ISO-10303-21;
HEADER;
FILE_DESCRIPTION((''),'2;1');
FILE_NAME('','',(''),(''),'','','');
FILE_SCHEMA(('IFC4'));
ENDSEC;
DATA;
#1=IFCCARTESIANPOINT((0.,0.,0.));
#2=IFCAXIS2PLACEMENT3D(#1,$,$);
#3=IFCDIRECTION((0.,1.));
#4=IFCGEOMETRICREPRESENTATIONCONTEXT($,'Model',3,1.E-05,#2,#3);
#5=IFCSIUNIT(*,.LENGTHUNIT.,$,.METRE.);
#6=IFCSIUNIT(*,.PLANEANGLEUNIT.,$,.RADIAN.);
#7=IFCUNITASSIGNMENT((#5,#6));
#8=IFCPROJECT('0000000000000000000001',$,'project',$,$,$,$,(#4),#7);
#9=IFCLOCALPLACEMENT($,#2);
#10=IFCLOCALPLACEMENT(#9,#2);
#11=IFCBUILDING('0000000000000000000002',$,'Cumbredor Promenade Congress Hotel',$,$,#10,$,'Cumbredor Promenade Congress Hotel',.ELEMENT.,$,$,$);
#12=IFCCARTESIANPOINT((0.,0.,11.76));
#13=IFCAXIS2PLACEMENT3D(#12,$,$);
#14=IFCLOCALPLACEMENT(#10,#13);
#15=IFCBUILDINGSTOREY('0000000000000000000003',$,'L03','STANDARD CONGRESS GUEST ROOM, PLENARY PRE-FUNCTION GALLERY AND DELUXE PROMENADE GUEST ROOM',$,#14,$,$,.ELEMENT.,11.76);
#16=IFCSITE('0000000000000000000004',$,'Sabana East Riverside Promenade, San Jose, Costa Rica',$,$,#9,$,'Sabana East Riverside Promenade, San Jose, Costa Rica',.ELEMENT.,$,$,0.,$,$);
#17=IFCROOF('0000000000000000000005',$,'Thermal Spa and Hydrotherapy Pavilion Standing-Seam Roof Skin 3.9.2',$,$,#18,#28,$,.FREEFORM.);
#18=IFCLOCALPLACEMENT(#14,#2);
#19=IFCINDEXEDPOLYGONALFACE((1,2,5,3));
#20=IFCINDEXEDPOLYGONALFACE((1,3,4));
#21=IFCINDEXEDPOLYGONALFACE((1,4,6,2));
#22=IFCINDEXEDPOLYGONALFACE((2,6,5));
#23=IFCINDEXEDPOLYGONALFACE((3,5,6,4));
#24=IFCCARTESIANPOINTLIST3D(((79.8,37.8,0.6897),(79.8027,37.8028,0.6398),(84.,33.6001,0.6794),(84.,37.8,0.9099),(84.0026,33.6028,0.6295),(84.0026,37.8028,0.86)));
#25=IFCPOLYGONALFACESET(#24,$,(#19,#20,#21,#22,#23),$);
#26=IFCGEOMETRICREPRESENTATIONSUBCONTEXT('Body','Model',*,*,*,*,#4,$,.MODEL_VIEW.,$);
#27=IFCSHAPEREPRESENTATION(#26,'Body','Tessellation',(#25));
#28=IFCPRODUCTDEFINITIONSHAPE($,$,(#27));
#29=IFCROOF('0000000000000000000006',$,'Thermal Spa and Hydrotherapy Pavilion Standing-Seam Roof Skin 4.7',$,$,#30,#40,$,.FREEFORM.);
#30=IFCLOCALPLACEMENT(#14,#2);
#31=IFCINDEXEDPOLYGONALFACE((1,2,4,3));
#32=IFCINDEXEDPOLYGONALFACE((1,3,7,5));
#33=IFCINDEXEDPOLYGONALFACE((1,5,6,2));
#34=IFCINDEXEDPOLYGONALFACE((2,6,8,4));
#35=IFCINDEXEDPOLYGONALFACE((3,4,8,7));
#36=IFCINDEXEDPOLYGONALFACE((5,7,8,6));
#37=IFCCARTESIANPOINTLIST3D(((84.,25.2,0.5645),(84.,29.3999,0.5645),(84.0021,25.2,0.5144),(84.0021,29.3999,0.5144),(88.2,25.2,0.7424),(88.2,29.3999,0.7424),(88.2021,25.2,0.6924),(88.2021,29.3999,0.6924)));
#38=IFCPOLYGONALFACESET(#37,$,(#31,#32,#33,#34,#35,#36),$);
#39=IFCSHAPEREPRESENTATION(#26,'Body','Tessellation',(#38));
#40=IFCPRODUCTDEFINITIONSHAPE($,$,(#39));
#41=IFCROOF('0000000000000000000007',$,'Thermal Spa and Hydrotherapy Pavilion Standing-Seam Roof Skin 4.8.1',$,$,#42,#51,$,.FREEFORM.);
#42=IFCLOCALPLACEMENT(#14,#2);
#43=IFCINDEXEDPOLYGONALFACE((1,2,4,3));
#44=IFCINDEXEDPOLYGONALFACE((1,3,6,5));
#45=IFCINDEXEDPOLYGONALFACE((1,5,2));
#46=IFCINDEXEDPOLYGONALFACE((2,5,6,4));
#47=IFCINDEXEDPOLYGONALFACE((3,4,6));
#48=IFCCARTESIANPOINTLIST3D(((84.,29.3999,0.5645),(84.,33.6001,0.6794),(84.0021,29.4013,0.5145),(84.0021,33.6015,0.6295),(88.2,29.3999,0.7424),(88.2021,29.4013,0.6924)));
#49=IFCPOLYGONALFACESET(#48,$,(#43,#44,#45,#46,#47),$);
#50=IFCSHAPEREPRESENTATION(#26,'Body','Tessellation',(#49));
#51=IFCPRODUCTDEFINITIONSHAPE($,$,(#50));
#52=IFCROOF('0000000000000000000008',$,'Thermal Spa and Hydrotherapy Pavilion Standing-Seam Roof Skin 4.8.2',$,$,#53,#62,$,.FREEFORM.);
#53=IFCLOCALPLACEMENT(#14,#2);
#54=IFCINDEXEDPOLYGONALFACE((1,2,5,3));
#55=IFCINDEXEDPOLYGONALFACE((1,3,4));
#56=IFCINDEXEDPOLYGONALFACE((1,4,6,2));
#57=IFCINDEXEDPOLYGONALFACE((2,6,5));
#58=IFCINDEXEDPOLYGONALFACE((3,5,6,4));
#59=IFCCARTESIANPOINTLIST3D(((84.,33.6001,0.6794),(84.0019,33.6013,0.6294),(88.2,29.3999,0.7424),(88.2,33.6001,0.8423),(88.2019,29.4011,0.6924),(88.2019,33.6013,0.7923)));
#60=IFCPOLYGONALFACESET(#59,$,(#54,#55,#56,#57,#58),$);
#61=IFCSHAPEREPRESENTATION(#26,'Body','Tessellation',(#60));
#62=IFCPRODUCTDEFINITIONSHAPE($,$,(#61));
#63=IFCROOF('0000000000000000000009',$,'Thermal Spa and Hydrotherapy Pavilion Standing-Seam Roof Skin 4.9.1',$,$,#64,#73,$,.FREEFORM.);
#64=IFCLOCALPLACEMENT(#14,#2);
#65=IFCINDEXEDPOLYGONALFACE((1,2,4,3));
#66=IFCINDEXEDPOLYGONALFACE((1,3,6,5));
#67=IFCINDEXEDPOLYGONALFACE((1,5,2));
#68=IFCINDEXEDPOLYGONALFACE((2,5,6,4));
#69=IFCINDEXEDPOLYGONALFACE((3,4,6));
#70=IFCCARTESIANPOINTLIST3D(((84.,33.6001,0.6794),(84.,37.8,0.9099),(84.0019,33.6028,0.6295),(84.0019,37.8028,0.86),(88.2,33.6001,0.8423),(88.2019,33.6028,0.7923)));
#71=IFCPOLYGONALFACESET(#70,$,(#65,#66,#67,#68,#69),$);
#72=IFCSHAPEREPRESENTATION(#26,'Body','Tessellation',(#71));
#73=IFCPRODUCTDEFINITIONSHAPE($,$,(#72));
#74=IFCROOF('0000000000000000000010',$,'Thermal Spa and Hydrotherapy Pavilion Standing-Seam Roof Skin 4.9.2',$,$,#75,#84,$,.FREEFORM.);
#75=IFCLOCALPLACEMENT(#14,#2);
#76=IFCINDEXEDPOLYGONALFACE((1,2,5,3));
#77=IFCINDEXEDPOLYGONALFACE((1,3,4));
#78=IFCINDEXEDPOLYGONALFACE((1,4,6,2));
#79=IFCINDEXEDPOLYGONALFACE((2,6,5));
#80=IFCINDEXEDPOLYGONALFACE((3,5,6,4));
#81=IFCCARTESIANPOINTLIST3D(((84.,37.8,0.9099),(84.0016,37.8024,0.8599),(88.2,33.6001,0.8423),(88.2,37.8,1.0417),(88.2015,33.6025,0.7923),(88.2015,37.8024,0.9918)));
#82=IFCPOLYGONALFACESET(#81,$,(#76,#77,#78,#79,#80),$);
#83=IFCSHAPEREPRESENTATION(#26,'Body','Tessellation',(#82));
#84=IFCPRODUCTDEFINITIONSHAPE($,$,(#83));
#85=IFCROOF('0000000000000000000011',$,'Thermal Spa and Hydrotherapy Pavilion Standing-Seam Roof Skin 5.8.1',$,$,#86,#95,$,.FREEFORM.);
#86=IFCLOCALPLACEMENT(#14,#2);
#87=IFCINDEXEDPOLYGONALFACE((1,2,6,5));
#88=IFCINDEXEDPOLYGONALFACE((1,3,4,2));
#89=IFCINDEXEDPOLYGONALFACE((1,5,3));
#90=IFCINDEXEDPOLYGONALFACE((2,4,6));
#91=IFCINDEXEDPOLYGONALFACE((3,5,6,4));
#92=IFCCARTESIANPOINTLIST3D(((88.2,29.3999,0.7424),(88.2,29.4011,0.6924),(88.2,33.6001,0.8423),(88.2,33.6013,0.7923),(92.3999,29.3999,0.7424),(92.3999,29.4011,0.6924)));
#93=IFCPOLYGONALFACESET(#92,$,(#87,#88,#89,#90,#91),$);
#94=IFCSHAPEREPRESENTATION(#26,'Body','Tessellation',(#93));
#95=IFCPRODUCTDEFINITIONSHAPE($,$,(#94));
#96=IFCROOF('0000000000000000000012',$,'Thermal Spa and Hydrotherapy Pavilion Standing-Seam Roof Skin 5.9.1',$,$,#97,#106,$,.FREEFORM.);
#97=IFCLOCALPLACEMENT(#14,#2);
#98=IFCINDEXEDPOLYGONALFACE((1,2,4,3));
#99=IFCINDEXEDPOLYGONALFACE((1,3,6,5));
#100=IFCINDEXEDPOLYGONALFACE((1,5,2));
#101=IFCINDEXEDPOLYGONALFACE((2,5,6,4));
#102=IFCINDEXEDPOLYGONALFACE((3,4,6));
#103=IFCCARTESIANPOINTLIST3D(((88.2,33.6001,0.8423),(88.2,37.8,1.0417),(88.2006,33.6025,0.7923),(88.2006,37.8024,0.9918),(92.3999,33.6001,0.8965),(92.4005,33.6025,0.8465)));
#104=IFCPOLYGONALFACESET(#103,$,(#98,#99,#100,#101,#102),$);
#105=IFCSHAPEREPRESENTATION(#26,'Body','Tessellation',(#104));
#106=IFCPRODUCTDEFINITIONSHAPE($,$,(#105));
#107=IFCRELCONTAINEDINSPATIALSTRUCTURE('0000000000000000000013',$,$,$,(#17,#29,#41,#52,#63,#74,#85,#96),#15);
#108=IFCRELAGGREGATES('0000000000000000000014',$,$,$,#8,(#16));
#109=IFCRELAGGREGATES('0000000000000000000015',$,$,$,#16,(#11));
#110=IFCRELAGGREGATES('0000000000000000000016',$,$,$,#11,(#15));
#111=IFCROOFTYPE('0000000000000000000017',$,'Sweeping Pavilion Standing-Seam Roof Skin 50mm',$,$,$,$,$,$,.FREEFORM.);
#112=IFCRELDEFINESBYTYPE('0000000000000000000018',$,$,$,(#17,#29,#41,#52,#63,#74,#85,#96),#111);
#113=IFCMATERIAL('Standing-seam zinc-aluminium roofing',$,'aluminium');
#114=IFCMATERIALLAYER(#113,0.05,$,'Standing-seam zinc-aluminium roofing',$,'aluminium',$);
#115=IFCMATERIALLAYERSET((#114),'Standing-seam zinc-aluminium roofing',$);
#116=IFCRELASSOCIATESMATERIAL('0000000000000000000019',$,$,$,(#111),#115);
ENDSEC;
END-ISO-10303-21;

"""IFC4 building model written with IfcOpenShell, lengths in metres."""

from ifc_helpers import new_model, si_unit, direction, frame, origin, place, context, subcontext, project, spatial, polyline, outline, extrude, material, layer, layer_set, type_object, element, save


model = new_model("IFC4")

# Units and contexts
model_context = context("Model", 3, precision=1e-05, world=origin(), true_north=direction((0.0, 1.0)))
body_context = subcontext(model_context, "Body", "Model", "MODEL_VIEW")
ifc_project = project(units=[si_unit("LENGTHUNIT", "METRE"), si_unit("PLANEANGLEUNIT", "RADIAN")], contexts=[model_context])

# Site, building, storey
site_placement = place(None, origin())
site = spatial("IfcSite", under=ifc_project, at=site_placement, Name="Sabana East Riverside Promenade, San Jose, Costa Rica", LongName="Sabana East Riverside Promenade, San Jose, Costa Rica", CompositionType="ELEMENT", RefElevation=0.0)
building_placement = place(site_placement, origin())
building = spatial("IfcBuilding", under=site, at=building_placement, Name="Cumbredor Promenade Congress Hotel", LongName="Cumbredor Promenade Congress Hotel", CompositionType="ELEMENT")
storey_placement = place(building_placement, frame((0.0, 0.0, 11.76)))
storey = spatial("IfcBuildingStorey", under=building, at=storey_placement, Name="L03", Description="STANDARD CONGRESS GUEST ROOM, PLENARY PRE-FUNCTION GALLERY AND DELUXE PROMENADE GUEST ROOM", CompositionType="ELEMENT", Elevation=11.76)

# Roofs
ifc_material_1 = material(Name="Standing-seam zinc-aluminium roofing", Category="aluminium")
ifc_layer_1 = layer(ifc_material_1, 0.05, Name="Standing-seam zinc-aluminium roofing", Category="aluminium")
ifc_layer_set_1 = layer_set([ifc_layer_1], Name="Standing-seam zinc-aluminium roofing")
roof_type = type_object("IfcRoofType", Name="Sweeping Pavilion Standing-Seam Roof Skin 50mm", PredefinedType="FREEFORM", material=ifc_layer_set_1)
roof_1_placement = place(storey_placement, frame((84.0, 33.6001, 0.6794), z_axis=(-0.052282, -0.054717, 0.997132), x_axis=(0.0, 0.998498, 0.054792)))
element("IfcRoof", 1, at=roof_1_placement, inside=storey, type_object=roof_type, Name="Thermal Spa and Hydrotherapy Pavilion Standing-Seam Roof Skin 3.9.2", PredefinedType="FREEFORM", context=body_context, shape_type="SweptSolid", body=[
    extrude(outline(polyline([(0.0, 0.0), (4.2063, 0.0), (4.1942, 4.2057), (0.0, 0.0)])), origin(), (0.0, 0.0, -1.0), 0.05),
])
roof_2_placement = place(storey_placement, frame((84.0, 25.2, 0.5645), z_axis=(-0.042338, 0.0, 0.999103), x_axis=(0.999103, 0.0, 0.042338)))
element("IfcRoof", 2, at=roof_2_placement, inside=storey, type_object=roof_type, Name="Thermal Spa and Hydrotherapy Pavilion Standing-Seam Roof Skin 4.7", PredefinedType="FREEFORM", context=body_context, shape_type="SweptSolid", body=[
    extrude(outline(polyline([(0.0, 0.0), (4.2037, 0.0), (4.2037, 4.2), (0.0, 4.2), (0.0, 0.0)])), origin(), (0.0, 0.0, -1.0), 0.05),
])
roof_3_placement = place(storey_placement, frame((84.0, 29.3999, 0.5645), z_axis=(-0.042323, -0.027343, 0.99873), x_axis=(0.999103, 0.0, 0.042338)))
element("IfcRoof", 3, at=roof_3_placement, inside=storey, type_object=roof_type, Name="Thermal Spa and Hydrotherapy Pavilion Standing-Seam Roof Skin 4.8.1", PredefinedType="FREEFORM", context=body_context, shape_type="SweptSolid", body=[
    extrude(outline(polyline([(0.0, 0.0), (4.2037, 0.0), (0.0049, 4.2018), (0.0, 0.0)])), origin(), (0.0, 0.0, -1.0), 0.05),
])
roof_4_placement = place(storey_placement, frame((88.2, 29.3999, 0.7424), z_axis=(-0.038732, -0.023749, 0.998967), x_axis=(0.0, 0.999718, 0.023767)))
element("IfcRoof", 4, at=roof_4_placement, inside=storey, type_object=roof_type, Name="Thermal Spa and Hydrotherapy Pavilion Standing-Seam Roof Skin 4.8.2", PredefinedType="FREEFORM", context=body_context, shape_type="SweptSolid", body=[
    extrude(outline(polyline([(0.0, 0.0), (4.2014, 0.0), (4.1975, 4.2031), (0.0, 0.0)])), origin(), (0.0, 0.0, -1.0), 0.05),
])
roof_5_placement = place(storey_placement, frame((84.0, 33.6001, 0.6794), z_axis=(-0.038685, -0.054751, 0.99775), x_axis=(0.999249, 0.0, 0.038743)))
element("IfcRoof", 5, at=roof_5_placement, inside=storey, type_object=roof_type, Name="Thermal Spa and Hydrotherapy Pavilion Standing-Seam Roof Skin 4.9.1", PredefinedType="FREEFORM", context=body_context, shape_type="SweptSolid", body=[
    extrude(outline(polyline([(0.0, 0.0), (4.2031, 0.0), (0.0089, 4.2063), (0.0, 0.0)])), origin(), (0.0, 0.0, -1.0), 0.05),
])
roof_6_placement = place(storey_placement, frame((88.2, 33.6001, 0.8423), z_axis=(-0.031339, -0.047415, 0.998384), x_axis=(0.0, 0.998874, 0.047438)))
element("IfcRoof", 6, at=roof_6_placement, inside=storey, type_object=roof_type, Name="Thermal Spa and Hydrotherapy Pavilion Standing-Seam Roof Skin 4.9.2", PredefinedType="FREEFORM", context=body_context, shape_type="SweptSolid", body=[
    extrude(outline(polyline([(0.0, 0.0), (4.2047, 0.0), (4.1984, 4.202), (0.0, 0.0)])), origin(), (0.0, 0.0, -1.0), 0.05),
])
roof_7_placement = place(storey_placement, frame((88.2, 29.3999, 0.7424), z_axis=(0.0, -0.023767, 0.999718), x_axis=(1.0, 0.0, 0.0)))
element("IfcRoof", 7, at=roof_7_placement, inside=storey, type_object=roof_type, Name="Thermal Spa and Hydrotherapy Pavilion Standing-Seam Roof Skin 5.8.1", PredefinedType="FREEFORM", context=body_context, shape_type="SweptSolid", body=[
    extrude(outline(polyline([(0.0, 0.0), (4.2, 0.0), (0.0, 4.2014), (0.0, 0.0)])), origin(), (0.0, 0.0, -1.0), 0.05),
])
roof_8_placement = place(storey_placement, frame((88.2, 33.6001, 0.8423), z_axis=(-0.012889, -0.047434, 0.998791), x_axis=(0.999917, 0.0, 0.012904)))
element("IfcRoof", 8, at=roof_8_placement, inside=storey, type_object=roof_type, Name="Thermal Spa and Hydrotherapy Pavilion Standing-Seam Roof Skin 5.9.1", PredefinedType="FREEFORM", context=body_context, shape_type="SweptSolid", body=[
    extrude(outline(polyline([(0.0, 0.0), (4.2003, 0.0), (0.0026, 4.2047), (0.0, 0.0)])), origin(), (0.0, 0.0, -1.0), 0.05),
])

save(model, "model.ifc")
